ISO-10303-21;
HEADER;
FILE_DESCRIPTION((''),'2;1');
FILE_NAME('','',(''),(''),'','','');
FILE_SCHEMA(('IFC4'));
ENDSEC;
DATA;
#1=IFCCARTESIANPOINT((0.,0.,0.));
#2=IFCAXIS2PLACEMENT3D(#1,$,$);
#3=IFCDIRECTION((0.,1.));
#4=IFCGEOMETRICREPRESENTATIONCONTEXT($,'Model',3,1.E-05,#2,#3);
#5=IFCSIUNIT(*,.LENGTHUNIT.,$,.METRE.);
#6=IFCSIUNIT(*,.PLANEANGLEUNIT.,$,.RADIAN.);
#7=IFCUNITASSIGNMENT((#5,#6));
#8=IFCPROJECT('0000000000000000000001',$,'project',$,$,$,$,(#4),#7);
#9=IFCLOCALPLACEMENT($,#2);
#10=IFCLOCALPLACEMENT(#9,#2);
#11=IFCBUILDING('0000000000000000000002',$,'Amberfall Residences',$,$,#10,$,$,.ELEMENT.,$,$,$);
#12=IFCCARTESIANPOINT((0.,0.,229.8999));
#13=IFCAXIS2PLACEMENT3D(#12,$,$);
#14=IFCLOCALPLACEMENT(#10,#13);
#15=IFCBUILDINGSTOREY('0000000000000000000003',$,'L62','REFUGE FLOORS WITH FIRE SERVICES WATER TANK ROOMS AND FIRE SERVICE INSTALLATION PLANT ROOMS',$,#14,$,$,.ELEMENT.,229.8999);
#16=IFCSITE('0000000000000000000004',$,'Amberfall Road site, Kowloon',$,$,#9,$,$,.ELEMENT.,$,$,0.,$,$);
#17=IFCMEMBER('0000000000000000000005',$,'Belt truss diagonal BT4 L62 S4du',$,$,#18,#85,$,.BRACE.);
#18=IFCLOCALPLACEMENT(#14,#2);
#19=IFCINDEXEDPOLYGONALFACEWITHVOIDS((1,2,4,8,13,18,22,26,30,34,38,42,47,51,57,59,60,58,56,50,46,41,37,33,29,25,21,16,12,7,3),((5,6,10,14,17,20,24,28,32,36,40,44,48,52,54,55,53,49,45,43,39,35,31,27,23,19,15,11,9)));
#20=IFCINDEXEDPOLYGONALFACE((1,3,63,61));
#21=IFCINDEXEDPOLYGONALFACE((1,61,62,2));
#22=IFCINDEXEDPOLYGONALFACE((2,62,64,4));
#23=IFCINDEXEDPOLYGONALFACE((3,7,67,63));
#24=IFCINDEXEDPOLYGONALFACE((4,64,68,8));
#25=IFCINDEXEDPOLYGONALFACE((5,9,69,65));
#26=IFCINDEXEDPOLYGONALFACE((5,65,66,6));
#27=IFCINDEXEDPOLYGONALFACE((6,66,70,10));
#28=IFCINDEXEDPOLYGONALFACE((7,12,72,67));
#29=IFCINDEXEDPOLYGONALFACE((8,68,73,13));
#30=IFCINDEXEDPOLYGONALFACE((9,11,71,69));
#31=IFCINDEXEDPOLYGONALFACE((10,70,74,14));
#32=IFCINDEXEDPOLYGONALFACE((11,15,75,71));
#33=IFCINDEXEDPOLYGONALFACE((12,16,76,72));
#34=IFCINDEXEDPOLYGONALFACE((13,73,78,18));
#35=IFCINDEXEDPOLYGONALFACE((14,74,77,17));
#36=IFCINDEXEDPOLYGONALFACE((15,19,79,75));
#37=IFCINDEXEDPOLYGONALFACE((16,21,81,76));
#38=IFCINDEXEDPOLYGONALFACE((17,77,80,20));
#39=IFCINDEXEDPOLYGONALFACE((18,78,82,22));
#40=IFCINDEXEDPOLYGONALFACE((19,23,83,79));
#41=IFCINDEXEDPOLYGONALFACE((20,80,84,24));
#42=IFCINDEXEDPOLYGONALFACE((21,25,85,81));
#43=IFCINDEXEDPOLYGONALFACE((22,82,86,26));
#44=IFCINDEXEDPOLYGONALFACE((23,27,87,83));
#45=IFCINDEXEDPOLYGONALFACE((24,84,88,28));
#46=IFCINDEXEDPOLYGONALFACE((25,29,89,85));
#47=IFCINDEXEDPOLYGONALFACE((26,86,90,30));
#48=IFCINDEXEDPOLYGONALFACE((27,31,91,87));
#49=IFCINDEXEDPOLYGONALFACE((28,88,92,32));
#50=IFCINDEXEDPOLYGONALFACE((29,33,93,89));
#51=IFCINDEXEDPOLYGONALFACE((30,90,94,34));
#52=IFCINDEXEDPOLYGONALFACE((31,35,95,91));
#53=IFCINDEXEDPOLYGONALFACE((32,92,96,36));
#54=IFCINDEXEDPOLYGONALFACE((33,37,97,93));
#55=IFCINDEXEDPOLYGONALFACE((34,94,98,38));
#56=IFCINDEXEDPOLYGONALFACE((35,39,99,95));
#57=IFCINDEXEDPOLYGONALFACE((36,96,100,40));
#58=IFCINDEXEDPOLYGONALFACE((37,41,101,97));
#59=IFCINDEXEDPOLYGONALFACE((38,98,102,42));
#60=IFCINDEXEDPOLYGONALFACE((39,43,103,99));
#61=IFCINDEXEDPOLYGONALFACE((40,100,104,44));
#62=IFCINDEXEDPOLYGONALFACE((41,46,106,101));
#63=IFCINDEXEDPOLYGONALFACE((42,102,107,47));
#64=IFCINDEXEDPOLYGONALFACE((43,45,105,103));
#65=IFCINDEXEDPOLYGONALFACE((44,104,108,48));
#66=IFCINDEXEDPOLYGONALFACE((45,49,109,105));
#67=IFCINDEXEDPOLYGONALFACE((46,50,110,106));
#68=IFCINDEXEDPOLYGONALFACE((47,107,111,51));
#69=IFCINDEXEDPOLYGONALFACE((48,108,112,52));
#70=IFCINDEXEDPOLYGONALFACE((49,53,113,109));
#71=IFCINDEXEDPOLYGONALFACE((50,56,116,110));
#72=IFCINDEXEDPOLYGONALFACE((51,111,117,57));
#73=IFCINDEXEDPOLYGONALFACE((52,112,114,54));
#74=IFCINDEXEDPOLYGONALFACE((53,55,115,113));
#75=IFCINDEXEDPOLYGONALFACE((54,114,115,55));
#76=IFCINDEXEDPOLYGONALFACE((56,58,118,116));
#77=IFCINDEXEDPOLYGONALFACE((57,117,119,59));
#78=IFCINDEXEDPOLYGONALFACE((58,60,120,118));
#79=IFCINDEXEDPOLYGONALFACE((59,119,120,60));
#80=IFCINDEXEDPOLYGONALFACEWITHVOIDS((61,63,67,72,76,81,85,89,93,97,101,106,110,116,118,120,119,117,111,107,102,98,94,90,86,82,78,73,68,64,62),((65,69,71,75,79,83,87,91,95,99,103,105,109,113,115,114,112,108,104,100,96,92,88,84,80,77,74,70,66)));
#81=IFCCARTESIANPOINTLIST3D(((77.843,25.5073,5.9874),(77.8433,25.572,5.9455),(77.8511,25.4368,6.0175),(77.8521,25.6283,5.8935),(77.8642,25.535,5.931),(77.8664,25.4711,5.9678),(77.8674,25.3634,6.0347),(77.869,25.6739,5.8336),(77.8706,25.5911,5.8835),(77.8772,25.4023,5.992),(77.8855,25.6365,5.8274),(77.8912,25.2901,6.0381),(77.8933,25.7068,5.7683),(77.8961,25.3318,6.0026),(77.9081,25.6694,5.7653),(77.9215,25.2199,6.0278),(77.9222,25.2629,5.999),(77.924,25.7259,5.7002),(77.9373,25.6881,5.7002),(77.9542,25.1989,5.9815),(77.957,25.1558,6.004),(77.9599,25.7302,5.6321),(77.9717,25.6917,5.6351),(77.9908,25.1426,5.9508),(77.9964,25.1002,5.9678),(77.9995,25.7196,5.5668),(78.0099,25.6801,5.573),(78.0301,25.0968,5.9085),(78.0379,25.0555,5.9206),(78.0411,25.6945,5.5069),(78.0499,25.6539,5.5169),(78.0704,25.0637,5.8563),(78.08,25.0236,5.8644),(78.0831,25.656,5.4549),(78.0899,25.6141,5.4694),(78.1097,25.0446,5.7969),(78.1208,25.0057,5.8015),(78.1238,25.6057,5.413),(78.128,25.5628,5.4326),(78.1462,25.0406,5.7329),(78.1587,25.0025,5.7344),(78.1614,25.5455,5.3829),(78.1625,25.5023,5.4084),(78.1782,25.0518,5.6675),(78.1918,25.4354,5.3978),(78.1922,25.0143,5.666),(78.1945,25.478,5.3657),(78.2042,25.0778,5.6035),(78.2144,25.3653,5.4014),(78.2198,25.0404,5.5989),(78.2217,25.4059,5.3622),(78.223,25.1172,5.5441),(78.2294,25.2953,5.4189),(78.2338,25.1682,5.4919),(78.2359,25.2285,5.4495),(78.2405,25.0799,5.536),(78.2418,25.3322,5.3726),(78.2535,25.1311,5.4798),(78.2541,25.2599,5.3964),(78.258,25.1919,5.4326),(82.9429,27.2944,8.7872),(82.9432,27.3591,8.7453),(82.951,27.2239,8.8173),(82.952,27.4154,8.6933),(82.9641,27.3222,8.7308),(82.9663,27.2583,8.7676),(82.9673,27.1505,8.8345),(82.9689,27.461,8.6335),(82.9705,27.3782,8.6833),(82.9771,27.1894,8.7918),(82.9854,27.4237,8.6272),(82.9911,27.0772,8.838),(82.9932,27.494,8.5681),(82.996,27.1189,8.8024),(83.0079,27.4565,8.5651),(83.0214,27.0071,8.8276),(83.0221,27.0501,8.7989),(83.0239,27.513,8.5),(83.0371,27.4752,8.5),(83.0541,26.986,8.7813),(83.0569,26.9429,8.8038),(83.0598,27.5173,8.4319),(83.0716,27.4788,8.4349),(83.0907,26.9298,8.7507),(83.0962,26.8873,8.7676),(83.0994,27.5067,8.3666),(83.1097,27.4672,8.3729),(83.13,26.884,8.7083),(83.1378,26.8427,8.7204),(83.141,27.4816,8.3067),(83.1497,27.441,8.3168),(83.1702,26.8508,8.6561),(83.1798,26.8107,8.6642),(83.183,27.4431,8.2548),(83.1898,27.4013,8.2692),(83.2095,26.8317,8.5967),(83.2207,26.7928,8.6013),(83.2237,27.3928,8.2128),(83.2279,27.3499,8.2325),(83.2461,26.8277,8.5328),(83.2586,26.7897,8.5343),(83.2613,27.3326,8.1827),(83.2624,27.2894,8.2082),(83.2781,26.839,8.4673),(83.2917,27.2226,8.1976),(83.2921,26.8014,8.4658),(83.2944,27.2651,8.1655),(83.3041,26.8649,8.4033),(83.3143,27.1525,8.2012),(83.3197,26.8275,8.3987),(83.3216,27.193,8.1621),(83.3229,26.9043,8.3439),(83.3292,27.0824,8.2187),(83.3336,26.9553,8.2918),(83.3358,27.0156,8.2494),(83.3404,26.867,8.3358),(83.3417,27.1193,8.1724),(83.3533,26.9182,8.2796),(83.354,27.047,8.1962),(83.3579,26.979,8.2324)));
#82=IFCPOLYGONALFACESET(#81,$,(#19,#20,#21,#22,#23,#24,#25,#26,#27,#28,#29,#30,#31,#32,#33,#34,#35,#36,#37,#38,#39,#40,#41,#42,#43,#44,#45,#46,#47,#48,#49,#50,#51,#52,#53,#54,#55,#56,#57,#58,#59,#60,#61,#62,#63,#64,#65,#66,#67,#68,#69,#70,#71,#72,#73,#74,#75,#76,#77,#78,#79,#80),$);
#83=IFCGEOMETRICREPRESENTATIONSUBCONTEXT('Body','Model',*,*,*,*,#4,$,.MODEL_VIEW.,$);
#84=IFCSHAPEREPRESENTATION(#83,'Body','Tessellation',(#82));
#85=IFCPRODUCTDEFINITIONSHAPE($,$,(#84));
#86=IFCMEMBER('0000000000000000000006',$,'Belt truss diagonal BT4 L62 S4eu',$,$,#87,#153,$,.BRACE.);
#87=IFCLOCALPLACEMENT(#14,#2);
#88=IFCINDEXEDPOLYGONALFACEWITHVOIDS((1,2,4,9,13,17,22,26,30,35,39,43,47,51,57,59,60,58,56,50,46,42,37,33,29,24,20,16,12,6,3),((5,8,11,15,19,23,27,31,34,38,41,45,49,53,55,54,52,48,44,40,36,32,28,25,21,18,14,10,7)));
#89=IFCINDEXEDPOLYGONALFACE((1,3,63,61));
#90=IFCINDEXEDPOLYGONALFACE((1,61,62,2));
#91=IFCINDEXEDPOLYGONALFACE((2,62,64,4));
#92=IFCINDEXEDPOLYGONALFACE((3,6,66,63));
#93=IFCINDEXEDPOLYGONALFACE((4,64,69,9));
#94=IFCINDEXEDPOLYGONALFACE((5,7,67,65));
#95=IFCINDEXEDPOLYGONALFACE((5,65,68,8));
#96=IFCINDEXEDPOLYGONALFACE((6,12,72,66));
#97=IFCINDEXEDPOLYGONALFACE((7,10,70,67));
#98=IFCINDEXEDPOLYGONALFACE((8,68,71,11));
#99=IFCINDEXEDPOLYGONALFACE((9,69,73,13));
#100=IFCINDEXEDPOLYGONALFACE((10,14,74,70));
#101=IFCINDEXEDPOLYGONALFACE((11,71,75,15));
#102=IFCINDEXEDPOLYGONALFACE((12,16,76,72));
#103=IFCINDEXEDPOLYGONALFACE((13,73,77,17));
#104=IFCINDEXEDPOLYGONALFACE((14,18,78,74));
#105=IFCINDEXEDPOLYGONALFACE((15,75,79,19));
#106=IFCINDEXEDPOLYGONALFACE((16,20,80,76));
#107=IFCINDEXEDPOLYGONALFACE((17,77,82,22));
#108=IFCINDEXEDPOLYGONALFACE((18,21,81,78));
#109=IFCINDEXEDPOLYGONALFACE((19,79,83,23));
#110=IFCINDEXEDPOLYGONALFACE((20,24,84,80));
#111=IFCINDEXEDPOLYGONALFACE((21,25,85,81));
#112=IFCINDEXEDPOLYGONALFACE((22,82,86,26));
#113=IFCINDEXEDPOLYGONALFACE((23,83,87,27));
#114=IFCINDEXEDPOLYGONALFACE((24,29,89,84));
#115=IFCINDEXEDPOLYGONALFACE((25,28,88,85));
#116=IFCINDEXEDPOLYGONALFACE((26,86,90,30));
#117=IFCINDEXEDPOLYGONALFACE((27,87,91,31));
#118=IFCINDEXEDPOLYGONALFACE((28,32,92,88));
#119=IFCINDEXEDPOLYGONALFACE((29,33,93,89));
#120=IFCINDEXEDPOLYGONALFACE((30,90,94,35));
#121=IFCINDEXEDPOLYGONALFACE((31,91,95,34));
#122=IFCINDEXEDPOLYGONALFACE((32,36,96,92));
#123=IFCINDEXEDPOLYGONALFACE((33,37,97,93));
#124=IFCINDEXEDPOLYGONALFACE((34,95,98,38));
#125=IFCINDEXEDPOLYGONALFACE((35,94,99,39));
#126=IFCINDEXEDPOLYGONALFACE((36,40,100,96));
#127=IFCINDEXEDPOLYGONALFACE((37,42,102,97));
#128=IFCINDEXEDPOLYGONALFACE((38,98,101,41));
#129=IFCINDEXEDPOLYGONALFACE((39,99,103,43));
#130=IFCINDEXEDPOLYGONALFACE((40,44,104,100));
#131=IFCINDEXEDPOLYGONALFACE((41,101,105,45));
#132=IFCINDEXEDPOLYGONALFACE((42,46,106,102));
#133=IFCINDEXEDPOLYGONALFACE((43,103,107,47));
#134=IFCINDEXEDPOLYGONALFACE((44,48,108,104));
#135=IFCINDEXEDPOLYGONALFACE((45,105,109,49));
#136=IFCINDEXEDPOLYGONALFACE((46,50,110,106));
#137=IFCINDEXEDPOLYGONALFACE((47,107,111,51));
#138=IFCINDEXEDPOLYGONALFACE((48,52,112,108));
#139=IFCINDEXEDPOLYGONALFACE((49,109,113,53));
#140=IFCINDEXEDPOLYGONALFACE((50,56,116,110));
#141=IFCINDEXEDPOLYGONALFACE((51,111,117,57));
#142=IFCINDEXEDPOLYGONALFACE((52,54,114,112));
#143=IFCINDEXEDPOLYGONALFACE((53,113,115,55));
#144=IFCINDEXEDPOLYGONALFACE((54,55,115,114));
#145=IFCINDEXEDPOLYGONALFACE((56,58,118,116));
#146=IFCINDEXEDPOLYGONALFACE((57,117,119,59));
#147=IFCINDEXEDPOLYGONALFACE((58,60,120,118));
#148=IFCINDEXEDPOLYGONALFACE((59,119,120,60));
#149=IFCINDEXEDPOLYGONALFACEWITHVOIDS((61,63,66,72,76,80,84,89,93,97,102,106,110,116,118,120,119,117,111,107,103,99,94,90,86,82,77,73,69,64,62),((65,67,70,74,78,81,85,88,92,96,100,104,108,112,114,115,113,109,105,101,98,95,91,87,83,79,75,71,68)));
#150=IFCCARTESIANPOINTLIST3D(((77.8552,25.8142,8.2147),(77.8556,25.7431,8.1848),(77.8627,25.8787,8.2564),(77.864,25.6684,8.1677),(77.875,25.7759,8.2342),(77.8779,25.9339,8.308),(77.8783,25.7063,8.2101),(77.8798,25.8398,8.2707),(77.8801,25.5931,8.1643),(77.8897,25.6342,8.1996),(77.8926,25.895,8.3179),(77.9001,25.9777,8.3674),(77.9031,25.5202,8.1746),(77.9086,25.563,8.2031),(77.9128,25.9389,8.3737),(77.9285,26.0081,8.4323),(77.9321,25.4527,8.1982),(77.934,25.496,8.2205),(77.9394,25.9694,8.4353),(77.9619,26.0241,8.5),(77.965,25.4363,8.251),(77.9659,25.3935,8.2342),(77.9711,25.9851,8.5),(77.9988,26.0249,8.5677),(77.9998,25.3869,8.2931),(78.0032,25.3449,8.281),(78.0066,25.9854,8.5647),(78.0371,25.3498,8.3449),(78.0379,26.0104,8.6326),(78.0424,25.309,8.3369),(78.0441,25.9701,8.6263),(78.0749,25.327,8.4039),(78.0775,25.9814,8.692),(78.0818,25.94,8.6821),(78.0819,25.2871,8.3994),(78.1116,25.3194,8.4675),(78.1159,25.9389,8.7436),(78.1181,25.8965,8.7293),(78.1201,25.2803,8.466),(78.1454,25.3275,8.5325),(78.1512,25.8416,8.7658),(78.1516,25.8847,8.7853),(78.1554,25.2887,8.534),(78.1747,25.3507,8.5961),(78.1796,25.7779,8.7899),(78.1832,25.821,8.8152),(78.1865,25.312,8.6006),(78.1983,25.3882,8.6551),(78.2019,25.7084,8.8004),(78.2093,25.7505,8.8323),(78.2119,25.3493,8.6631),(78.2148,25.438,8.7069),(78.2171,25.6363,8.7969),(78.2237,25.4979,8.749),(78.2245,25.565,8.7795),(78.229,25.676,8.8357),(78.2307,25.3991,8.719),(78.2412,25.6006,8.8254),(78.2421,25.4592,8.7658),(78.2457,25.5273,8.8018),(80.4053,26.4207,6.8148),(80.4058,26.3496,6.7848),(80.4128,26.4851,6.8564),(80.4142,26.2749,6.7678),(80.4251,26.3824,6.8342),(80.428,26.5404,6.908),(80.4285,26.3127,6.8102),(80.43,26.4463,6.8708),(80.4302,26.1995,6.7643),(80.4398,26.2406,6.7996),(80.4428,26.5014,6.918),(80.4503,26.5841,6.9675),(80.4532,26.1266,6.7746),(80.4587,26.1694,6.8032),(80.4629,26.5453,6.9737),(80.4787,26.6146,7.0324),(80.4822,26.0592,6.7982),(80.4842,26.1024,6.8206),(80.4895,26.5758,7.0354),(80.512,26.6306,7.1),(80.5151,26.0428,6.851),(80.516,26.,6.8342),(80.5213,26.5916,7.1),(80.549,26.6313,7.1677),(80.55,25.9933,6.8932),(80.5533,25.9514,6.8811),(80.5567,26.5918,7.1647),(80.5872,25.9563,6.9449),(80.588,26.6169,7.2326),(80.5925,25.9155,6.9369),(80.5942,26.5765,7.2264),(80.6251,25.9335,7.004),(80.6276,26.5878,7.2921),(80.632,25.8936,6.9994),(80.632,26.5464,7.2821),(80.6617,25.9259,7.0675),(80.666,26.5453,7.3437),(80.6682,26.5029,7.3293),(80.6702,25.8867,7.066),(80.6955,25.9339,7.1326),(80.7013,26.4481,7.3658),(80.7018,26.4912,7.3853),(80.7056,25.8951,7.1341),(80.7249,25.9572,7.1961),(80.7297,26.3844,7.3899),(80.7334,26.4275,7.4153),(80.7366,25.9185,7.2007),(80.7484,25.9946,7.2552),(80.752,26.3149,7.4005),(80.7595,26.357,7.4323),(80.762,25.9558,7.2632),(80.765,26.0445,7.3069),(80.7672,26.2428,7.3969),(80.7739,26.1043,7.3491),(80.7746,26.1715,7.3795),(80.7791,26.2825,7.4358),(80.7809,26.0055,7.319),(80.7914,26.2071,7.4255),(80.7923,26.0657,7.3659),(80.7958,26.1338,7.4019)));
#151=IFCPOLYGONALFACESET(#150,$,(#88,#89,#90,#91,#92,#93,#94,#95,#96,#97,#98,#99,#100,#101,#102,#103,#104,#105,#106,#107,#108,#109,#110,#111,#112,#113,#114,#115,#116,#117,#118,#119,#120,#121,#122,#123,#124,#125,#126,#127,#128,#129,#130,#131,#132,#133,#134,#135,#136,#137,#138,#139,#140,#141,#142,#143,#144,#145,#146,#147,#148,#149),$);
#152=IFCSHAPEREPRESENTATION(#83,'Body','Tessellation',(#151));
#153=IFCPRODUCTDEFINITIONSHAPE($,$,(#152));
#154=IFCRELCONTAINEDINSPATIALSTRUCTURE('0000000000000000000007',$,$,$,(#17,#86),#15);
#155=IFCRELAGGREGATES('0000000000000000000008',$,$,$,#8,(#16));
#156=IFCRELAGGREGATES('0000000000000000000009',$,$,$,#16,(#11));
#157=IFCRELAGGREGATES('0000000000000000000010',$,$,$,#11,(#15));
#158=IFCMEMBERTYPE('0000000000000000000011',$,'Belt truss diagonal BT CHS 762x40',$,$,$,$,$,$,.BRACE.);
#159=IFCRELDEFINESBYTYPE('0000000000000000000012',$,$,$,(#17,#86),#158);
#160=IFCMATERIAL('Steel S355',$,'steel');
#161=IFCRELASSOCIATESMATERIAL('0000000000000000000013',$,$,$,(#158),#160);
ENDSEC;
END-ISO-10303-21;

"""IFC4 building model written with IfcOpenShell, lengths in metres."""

from ifc_helpers import new_model, si_unit, direction, frame, origin, origin_2d, place, context, subcontext, project, spatial, hollow_circle, extrude, material, material_profile, profile_set, type_object, element, save


model = new_model("IFC4")

# Units and contexts
model_context = context("Model", 3, precision=1e-05, world=origin(), true_north=direction((0.0, 1.0)))
body_context = subcontext(model_context, "Body", "Model", "MODEL_VIEW")
ifc_project = project(units=[si_unit("LENGTHUNIT", "METRE"), si_unit("PLANEANGLEUNIT", "RADIAN")], contexts=[model_context])

# Site, building, storey
site_placement = place(None, origin())
site = spatial("IfcSite", under=ifc_project, at=site_placement, Name="Amberfall Road site, Kowloon", CompositionType="ELEMENT", RefElevation=0.0)
building_placement = place(site_placement, origin())
building = spatial("IfcBuilding", under=site, at=building_placement, Name="Amberfall Residences", CompositionType="ELEMENT")
storey_placement = place(building_placement, frame((0.0, 0.0, 229.8999)))
storey = spatial("IfcBuildingStorey", under=building, at=storey_placement, Name="L62", Description="REFUGE FLOORS WITH FIRE SERVICES WATER TANK ROOMS AND FIRE SERVICE INSTALLATION PLANT ROOMS", CompositionType="ELEMENT", Elevation=229.8999)

# Shared definitions
ifc_material_1 = material(Name="Steel S355", Category="steel")

# Members
ifc_material_profile_1 = material_profile(ifc_material_1, hollow_circle(Radius=0.3811, WallThickness=0.04, at=origin_2d()), Name="CHS 762x40")
ifc_profile_set_1 = profile_set([ifc_material_profile_1], Name="Steel S355")
member_type = type_object("IfcMemberType", Name="Belt truss diagonal BT CHS 762x40", PredefinedType="BRACE", material=ifc_profile_set_1)
member_1_placement = place(storey_placement, frame((78.05, 25.3662, 5.7002), z_axis=(0.837945, 0.293636, 0.460029), x_axis=(-0.330707, 0.943734, 0.0)))
element("IfcMember", 1, at=member_1_placement, inside=storey, type_object=member_type, Name="Belt truss diagonal BT4 L62 S4du", PredefinedType="BRACE", context=body_context, shape_type="SweptSolid", body=[
    extrude(hollow_circle(Radius=0.3811, WallThickness=0.04, at=origin_2d()), origin(), (0.0, 0.0, 1.0), 6.0862),
])
member_2_placement = place(storey_placement, frame((78.05, 25.6533, 8.5), z_axis=(0.858148, 0.204082, -0.471098), x_axis=(-0.231364, 0.972867, 0.0)))
element("IfcMember", 2, at=member_2_placement, inside=storey, type_object=member_type, Name="Belt truss diagonal BT4 L62 S4eu", PredefinedType="BRACE", context=body_context, shape_type="SweptSolid", body=[
    extrude(hollow_circle(Radius=0.3811, WallThickness=0.04, at=origin_2d()), origin(), (0.0, 0.0, 1.0), 2.9717),
])

save(model, "model.ifc")
